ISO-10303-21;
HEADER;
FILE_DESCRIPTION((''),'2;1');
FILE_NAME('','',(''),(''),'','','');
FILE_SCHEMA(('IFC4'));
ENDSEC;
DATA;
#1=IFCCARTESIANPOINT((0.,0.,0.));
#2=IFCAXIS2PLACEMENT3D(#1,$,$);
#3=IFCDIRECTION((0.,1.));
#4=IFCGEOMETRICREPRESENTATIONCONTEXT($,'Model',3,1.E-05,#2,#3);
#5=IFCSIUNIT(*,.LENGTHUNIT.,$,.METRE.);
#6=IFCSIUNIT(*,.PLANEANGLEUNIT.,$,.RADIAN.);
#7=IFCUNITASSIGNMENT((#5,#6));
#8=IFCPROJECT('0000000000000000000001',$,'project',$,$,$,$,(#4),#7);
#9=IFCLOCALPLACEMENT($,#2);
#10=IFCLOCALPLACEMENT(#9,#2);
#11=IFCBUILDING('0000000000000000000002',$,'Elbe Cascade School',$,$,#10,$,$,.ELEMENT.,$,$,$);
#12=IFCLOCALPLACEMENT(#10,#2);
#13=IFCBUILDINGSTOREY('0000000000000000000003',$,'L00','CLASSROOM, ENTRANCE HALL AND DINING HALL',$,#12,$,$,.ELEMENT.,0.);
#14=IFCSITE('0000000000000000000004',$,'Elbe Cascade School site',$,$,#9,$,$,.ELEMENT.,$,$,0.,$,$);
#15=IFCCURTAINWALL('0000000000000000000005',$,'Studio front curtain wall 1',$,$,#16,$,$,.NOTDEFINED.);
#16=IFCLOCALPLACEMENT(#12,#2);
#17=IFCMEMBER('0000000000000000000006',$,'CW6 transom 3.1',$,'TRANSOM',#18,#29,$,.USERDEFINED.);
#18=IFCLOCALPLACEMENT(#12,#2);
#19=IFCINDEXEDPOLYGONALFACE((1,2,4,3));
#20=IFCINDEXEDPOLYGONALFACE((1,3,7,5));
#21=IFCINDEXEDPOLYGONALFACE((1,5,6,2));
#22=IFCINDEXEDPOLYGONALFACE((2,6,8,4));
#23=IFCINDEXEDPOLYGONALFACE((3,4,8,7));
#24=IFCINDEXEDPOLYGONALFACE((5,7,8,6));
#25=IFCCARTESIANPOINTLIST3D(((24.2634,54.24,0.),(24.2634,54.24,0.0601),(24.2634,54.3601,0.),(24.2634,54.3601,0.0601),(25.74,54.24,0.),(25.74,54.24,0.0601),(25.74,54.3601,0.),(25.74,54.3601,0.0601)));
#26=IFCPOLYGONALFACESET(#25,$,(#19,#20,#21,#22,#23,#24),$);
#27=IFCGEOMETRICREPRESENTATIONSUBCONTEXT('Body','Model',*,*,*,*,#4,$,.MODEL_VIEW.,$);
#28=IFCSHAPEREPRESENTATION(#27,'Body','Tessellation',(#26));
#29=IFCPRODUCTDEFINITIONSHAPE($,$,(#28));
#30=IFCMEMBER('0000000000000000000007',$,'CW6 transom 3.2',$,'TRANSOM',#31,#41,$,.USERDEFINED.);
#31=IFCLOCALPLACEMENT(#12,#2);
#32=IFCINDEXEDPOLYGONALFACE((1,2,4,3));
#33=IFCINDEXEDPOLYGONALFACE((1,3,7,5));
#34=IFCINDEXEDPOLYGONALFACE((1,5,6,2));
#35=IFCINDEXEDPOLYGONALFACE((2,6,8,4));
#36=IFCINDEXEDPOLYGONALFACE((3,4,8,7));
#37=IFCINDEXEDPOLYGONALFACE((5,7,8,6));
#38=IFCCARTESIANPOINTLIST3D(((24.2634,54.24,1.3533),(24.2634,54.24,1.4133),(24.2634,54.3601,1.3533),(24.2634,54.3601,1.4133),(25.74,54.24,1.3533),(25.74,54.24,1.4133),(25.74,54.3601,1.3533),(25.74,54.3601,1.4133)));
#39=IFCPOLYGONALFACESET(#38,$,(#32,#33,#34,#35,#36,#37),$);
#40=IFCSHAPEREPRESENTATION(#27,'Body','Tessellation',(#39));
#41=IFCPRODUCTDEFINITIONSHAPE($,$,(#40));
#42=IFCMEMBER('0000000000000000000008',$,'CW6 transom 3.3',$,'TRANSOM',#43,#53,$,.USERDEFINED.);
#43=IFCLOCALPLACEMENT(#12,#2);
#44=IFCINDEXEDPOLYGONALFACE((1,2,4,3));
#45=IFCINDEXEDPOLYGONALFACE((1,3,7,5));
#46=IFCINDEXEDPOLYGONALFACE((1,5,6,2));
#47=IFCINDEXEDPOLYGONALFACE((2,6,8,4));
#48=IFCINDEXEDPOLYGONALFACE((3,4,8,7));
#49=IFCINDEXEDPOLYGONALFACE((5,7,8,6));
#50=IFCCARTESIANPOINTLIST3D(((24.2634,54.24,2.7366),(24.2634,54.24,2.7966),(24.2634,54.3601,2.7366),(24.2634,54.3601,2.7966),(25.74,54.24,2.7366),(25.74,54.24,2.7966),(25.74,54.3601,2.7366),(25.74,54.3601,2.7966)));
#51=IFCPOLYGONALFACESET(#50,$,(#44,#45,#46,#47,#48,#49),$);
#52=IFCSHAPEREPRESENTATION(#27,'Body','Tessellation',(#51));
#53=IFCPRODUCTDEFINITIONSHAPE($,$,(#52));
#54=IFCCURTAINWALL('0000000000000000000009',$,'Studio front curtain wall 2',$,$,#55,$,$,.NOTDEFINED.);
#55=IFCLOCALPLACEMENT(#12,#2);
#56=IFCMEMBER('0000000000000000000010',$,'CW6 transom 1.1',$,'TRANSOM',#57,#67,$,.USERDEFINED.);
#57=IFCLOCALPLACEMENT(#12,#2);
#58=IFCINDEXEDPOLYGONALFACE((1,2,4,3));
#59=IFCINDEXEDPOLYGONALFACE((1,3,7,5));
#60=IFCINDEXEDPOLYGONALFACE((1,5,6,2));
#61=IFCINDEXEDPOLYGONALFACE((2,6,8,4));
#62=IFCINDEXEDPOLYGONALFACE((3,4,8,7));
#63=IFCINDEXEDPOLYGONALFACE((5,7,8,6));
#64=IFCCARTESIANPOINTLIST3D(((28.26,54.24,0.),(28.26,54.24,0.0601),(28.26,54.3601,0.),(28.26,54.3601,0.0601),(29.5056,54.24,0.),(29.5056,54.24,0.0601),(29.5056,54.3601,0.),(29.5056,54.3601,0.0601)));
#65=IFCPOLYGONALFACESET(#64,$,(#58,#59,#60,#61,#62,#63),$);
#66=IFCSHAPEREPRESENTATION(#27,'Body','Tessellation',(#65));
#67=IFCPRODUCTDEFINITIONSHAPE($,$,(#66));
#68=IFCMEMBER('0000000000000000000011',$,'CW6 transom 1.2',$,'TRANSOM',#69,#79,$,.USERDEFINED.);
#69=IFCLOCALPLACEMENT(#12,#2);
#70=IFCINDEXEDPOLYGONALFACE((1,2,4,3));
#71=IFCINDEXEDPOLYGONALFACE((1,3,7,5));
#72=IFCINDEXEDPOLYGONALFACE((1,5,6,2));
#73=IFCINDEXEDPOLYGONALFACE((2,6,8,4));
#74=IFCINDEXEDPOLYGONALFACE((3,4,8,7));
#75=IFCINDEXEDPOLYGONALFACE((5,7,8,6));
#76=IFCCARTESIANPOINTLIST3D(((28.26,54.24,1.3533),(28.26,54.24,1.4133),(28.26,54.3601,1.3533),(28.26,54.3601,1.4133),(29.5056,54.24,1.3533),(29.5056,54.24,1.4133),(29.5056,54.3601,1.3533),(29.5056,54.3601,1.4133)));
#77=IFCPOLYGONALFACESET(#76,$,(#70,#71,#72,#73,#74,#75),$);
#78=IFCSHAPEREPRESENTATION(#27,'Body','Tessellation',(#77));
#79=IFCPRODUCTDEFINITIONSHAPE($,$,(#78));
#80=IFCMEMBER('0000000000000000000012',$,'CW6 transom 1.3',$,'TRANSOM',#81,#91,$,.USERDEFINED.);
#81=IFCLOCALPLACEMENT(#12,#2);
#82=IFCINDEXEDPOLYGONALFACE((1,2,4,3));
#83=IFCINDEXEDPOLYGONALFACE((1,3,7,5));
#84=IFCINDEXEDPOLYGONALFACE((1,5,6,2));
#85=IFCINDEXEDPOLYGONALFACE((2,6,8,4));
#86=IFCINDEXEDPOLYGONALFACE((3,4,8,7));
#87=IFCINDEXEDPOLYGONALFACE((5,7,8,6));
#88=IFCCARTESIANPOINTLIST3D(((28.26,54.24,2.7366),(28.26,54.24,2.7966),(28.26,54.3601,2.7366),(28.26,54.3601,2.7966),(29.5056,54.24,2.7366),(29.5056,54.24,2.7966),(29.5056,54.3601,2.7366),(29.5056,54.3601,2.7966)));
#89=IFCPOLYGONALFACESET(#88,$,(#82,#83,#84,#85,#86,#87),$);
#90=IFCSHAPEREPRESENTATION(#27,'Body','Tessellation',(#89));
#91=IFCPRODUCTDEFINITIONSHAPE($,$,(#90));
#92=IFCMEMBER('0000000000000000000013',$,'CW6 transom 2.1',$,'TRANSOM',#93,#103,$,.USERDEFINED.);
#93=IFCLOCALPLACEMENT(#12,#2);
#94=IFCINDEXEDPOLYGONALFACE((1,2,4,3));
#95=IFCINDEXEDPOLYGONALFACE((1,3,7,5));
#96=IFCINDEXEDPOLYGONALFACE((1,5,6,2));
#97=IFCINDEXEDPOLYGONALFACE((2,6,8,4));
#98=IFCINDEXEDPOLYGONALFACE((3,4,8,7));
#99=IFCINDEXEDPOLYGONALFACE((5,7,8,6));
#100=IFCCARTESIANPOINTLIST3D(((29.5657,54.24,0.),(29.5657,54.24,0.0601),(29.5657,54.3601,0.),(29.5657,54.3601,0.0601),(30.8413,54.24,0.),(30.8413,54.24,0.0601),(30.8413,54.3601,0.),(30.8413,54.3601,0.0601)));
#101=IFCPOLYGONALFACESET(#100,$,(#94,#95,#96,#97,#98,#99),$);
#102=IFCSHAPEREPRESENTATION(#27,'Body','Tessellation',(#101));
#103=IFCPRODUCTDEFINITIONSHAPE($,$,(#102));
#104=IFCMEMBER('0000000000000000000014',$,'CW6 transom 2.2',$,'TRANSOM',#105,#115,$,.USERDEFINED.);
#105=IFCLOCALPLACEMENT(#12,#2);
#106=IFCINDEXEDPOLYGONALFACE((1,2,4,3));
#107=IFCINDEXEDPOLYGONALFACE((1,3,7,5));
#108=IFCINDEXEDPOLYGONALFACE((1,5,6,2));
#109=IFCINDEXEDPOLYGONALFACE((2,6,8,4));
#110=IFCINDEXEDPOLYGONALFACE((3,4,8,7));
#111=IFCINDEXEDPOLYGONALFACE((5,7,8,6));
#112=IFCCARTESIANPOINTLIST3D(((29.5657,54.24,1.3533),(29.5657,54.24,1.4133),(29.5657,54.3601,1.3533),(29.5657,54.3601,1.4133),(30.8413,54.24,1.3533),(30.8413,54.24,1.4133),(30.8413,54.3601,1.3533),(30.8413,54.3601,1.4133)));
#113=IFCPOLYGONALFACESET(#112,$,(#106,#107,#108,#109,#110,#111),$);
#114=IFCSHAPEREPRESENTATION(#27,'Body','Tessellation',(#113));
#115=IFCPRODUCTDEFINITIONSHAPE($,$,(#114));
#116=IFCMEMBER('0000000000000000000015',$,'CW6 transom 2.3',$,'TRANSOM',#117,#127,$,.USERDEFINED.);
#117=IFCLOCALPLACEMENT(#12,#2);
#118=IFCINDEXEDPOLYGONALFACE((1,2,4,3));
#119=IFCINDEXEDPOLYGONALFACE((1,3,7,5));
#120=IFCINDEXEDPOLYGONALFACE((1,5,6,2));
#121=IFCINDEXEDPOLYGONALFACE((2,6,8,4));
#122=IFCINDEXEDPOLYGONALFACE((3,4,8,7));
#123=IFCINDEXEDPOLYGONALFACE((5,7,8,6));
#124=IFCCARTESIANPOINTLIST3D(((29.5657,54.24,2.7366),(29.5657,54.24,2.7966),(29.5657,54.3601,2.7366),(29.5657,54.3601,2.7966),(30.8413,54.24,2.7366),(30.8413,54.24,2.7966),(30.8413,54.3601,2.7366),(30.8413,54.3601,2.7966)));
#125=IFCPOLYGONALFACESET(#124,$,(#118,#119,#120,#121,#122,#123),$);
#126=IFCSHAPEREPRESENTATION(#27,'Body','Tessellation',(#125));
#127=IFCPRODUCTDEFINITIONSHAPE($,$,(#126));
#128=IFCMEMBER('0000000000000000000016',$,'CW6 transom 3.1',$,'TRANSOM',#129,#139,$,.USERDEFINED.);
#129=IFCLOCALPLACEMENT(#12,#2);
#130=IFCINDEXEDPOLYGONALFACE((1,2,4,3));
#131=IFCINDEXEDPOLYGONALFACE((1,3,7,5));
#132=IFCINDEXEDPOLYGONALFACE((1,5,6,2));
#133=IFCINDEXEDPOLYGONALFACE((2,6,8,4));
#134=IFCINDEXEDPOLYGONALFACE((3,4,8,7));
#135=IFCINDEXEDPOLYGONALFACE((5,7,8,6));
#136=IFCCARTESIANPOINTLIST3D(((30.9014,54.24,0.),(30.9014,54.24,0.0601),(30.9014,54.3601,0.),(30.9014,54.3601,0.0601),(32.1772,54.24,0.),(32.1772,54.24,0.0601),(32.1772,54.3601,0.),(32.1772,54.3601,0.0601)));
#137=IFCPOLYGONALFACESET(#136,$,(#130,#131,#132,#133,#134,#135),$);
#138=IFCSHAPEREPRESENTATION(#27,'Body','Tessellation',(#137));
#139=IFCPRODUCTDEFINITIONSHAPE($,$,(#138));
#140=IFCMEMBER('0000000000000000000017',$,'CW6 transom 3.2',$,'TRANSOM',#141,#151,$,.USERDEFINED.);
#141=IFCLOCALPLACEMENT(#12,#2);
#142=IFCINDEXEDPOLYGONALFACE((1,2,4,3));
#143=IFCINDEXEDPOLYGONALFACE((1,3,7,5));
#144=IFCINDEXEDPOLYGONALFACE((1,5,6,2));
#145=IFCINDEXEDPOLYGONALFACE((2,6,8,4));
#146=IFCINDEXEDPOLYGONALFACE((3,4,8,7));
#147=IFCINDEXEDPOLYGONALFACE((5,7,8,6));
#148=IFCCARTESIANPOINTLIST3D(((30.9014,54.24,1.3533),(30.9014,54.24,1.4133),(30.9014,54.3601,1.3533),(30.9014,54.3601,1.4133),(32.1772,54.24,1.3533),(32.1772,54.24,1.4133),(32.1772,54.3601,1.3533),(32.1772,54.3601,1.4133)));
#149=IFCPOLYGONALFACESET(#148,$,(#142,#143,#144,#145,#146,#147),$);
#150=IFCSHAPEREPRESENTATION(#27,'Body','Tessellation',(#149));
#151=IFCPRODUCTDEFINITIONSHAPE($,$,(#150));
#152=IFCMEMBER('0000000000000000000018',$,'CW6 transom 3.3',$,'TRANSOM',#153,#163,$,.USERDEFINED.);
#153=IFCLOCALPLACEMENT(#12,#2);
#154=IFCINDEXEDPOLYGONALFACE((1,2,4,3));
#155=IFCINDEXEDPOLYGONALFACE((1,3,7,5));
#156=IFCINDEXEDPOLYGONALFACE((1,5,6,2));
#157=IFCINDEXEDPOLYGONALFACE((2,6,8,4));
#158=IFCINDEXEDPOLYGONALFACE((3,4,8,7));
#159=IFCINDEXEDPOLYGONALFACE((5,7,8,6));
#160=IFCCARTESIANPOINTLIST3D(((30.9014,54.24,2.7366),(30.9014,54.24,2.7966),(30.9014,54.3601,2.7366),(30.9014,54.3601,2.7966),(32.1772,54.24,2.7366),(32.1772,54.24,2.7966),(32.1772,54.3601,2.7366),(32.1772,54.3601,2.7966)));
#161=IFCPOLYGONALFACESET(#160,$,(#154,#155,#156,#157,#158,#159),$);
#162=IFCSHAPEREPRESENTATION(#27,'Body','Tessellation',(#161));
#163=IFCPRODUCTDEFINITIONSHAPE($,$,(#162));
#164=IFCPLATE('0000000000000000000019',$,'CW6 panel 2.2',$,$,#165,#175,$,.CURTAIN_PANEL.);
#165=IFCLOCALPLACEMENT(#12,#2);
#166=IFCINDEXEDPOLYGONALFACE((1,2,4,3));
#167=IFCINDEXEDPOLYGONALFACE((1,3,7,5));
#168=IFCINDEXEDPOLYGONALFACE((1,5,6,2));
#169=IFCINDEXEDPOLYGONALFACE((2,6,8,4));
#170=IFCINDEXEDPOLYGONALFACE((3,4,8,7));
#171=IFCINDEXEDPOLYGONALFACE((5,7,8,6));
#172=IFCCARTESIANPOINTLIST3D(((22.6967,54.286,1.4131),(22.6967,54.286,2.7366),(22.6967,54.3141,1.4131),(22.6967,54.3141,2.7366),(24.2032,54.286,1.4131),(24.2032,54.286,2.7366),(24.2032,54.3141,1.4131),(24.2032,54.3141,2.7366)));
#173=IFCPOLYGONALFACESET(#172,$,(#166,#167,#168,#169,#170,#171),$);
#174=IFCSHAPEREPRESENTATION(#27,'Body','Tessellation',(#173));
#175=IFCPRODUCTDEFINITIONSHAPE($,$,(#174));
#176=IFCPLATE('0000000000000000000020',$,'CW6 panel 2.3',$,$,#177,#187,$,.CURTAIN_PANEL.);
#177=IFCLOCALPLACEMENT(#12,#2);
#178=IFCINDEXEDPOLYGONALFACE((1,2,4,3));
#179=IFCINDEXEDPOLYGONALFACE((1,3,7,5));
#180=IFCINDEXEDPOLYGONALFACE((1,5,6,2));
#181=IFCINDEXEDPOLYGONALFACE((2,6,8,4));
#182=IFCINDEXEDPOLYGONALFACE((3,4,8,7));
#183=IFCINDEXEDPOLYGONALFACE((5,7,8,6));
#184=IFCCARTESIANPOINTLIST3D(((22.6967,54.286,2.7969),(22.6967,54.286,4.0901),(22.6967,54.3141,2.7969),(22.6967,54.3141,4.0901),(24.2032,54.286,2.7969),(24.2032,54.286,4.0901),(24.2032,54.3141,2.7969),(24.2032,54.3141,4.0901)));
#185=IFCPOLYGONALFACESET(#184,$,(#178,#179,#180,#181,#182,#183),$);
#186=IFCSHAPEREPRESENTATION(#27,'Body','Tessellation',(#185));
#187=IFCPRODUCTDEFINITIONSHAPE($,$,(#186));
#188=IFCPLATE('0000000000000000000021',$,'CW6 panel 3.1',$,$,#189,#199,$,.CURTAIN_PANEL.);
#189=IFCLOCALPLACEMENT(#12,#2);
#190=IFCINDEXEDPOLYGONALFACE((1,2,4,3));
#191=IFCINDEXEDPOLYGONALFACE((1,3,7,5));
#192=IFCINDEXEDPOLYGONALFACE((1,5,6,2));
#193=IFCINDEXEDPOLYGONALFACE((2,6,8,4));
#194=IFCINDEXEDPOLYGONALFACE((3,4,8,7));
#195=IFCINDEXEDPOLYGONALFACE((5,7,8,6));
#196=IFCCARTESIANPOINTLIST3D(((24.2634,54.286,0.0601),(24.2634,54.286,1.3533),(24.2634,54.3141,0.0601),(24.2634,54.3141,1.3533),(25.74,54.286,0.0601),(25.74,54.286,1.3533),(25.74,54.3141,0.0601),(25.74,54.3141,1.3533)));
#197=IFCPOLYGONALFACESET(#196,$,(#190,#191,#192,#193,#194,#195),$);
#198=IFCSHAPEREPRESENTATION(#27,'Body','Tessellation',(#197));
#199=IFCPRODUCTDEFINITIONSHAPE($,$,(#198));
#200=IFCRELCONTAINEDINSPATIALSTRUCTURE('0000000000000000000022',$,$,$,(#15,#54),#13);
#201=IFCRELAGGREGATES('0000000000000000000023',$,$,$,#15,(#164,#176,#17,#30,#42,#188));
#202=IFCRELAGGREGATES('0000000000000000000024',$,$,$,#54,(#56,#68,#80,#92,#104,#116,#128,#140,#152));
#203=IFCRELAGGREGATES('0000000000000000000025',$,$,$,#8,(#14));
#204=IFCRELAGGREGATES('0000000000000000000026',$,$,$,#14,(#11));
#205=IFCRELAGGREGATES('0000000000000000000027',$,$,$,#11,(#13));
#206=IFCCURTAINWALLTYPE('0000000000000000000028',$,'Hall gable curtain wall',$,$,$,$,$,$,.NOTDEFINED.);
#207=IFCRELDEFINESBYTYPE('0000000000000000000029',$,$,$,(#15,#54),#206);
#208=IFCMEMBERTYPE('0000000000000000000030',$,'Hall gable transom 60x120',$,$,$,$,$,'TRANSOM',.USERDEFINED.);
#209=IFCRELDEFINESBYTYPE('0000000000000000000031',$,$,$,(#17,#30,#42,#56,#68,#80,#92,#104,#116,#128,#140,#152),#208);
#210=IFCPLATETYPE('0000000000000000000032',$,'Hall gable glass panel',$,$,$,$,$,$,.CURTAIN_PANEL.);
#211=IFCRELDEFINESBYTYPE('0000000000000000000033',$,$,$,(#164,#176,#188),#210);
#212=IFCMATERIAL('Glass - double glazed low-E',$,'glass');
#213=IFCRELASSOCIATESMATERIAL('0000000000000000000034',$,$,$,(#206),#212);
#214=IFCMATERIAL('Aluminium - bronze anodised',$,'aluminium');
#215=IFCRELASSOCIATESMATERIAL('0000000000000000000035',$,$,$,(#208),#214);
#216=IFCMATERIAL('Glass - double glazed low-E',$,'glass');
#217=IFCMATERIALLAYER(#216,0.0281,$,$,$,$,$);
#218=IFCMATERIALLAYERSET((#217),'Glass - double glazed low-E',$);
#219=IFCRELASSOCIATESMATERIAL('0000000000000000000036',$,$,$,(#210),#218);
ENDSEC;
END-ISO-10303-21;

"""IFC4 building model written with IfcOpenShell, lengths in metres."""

from ifc_helpers import new_model, si_unit, direction, frame, origin, origin_2d, place, context, subcontext, project, spatial, rectangle, extrude, material, layer, layer_set, material_profile, profile_set, type_object, element, aggregate, save


model = new_model("IFC4")

# Units and contexts
model_context = context("Model", 3, precision=1e-05, world=origin(), true_north=direction((0.0, 1.0)))
body_context = subcontext(model_context, "Body", "Model", "MODEL_VIEW")
ifc_project = project(units=[si_unit("LENGTHUNIT", "METRE"), si_unit("PLANEANGLEUNIT", "RADIAN")], contexts=[model_context])

# Site, building, storey
site_placement = place(None, origin())
site = spatial("IfcSite", under=ifc_project, at=site_placement, Name="Elbe Cascade School site", CompositionType="ELEMENT", RefElevation=0.0)
building_placement = place(site_placement, origin())
building = spatial("IfcBuilding", under=site, at=building_placement, Name="Elbe Cascade School", CompositionType="ELEMENT")
storey_placement = place(building_placement, origin())
storey = spatial("IfcBuildingStorey", under=building, at=storey_placement, Name="L00", Description="CLASSROOM, ENTRANCE HALL AND DINING HALL", CompositionType="ELEMENT", Elevation=0.0)

# Curtain walls, members
ifc_material_1 = material(Name="Glass - double glazed low-E", Category="glass")
curtain_wall_type = type_object("IfcCurtainWallType", Name="Hall gable curtain wall", PredefinedType="NOTDEFINED", material=ifc_material_1)
curtain_wall_1_placement = place(storey_placement, origin())
curtain_wall_1 = element("IfcCurtainWall", 1, at=curtain_wall_1_placement, inside=storey, type_object=curtain_wall_type, Name="Studio front curtain wall 1", PredefinedType="NOTDEFINED")
ifc_material_2 = material(Name="Aluminium - bronze anodised", Category="aluminium")
ifc_material_profile = material_profile(ifc_material_2, rectangle(XDim=0.1201, YDim=0.0601, at=origin_2d()), Name="Alu 60x120")
ifc_profile_set = profile_set([ifc_material_profile], Name="Aluminium - bronze anodised")
member_type = type_object("IfcMemberType", Name="Hall gable transom 60x120", ElementType="TRANSOM", PredefinedType="USERDEFINED", material=ifc_profile_set)
member_1_placement = place(storey_placement, frame((24.2634, 54.3, 0.03), z_axis=(1.0, 0.0, 0.0), x_axis=(0.0, 1.0, 0.0)))
member_1 = element("IfcMember", 2, at=member_1_placement, type_object=member_type, Name="CW6 transom 3.1", ObjectType="TRANSOM", PredefinedType="USERDEFINED", context=body_context, shape_type="SweptSolid", body=[
    extrude(rectangle(XDim=0.1201, YDim=0.0601, at=origin_2d()), origin(), (0.0, 0.0, 1.0), 1.4766),
])
member_2_placement = place(storey_placement, frame((24.2634, 54.3, 1.3833), z_axis=(1.0, 0.0, 0.0), x_axis=(0.0, 1.0, 0.0)))
member_2 = element("IfcMember", 3, at=member_2_placement, type_object=member_type, Name="CW6 transom 3.2", ObjectType="TRANSOM", PredefinedType="USERDEFINED", context=body_context, shape_type="SweptSolid", body=[
    extrude(rectangle(XDim=0.1201, YDim=0.0601, at=origin_2d()), origin(), (0.0, 0.0, 1.0), 1.4766),
])
member_3_placement = place(storey_placement, frame((24.2634, 54.3, 2.7666), z_axis=(1.0, 0.0, 0.0), x_axis=(0.0, 1.0, 0.0)))
member_3 = element("IfcMember", 4, at=member_3_placement, type_object=member_type, Name="CW6 transom 3.3", ObjectType="TRANSOM", PredefinedType="USERDEFINED", context=body_context, shape_type="SweptSolid", body=[
    extrude(rectangle(XDim=0.1201, YDim=0.0601, at=origin_2d()), origin(), (0.0, 0.0, 1.0), 1.4766),
])
curtain_wall_2_placement = place(storey_placement, origin())
curtain_wall_2 = element("IfcCurtainWall", 5, at=curtain_wall_2_placement, inside=storey, type_object=curtain_wall_type, Name="Studio front curtain wall 2", PredefinedType="NOTDEFINED")
member_4_placement = place(storey_placement, frame((28.26, 54.3, 0.03), z_axis=(1.0, 0.0, 0.0), x_axis=(0.0, 1.0, 0.0)))
member_4 = element("IfcMember", 6, at=member_4_placement, type_object=member_type, Name="CW6 transom 1.1", ObjectType="TRANSOM", PredefinedType="USERDEFINED", context=body_context, shape_type="SweptSolid", body=[
    extrude(rectangle(XDim=0.1201, YDim=0.0601, at=origin_2d()), origin(), (0.0, 0.0, 1.0), 1.2456),
])
member_5_placement = place(storey_placement, frame((28.26, 54.3, 1.3833), z_axis=(1.0, 0.0, 0.0), x_axis=(0.0, 1.0, 0.0)))
member_5 = element("IfcMember", 7, at=member_5_placement, type_object=member_type, Name="CW6 transom 1.2", ObjectType="TRANSOM", PredefinedType="USERDEFINED", context=body_context, shape_type="SweptSolid", body=[
    extrude(rectangle(XDim=0.1201, YDim=0.0601, at=origin_2d()), origin(), (0.0, 0.0, 1.0), 1.2456),
])
member_6_placement = place(storey_placement, frame((28.26, 54.3, 2.7666), z_axis=(1.0, 0.0, 0.0), x_axis=(0.0, 1.0, 0.0)))
member_6 = element("IfcMember", 8, at=member_6_placement, type_object=member_type, Name="CW6 transom 1.3", ObjectType="TRANSOM", PredefinedType="USERDEFINED", context=body_context, shape_type="SweptSolid", body=[
    extrude(rectangle(XDim=0.1201, YDim=0.0601, at=origin_2d()), origin(), (0.0, 0.0, 1.0), 1.2456),
])
member_7_placement = place(storey_placement, frame((29.5657, 54.3, 0.03), z_axis=(1.0, 0.0, 0.0), x_axis=(0.0, 1.0, 0.0)))
member_7 = element("IfcMember", 9, at=member_7_placement, type_object=member_type, Name="CW6 transom 2.1", ObjectType="TRANSOM", PredefinedType="USERDEFINED", context=body_context, shape_type="SweptSolid", body=[
    extrude(rectangle(XDim=0.1201, YDim=0.0601, at=origin_2d()), origin(), (0.0, 0.0, 1.0), 1.2756),
])
member_8_placement = place(storey_placement, frame((29.5657, 54.3, 1.3833), z_axis=(1.0, 0.0, 0.0), x_axis=(0.0, 1.0, 0.0)))
member_8 = element("IfcMember", 10, at=member_8_placement, type_object=member_type, Name="CW6 transom 2.2", ObjectType="TRANSOM", PredefinedType="USERDEFINED", context=body_context, shape_type="SweptSolid", body=[
    extrude(rectangle(XDim=0.1201, YDim=0.0601, at=origin_2d()), origin(), (0.0, 0.0, 1.0), 1.2756),
])
member_9_placement = place(storey_placement, frame((29.5657, 54.3, 2.7666), z_axis=(1.0, 0.0, 0.0), x_axis=(0.0, 1.0, 0.0)))
member_9 = element("IfcMember", 11, at=member_9_placement, type_object=member_type, Name="CW6 transom 2.3", ObjectType="TRANSOM", PredefinedType="USERDEFINED", context=body_context, shape_type="SweptSolid", body=[
    extrude(rectangle(XDim=0.1201, YDim=0.0601, at=origin_2d()), origin(), (0.0, 0.0, 1.0), 1.2756),
])
member_10_placement = place(storey_placement, frame((30.9014, 54.3, 0.03), z_axis=(1.0, 0.0, 0.0), x_axis=(0.0, 1.0, 0.0)))
member_10 = element("IfcMember", 12, at=member_10_placement, type_object=member_type, Name="CW6 transom 3.1", ObjectType="TRANSOM", PredefinedType="USERDEFINED", context=body_context, shape_type="SweptSolid", body=[
    extrude(rectangle(XDim=0.1201, YDim=0.0601, at=origin_2d()), origin(), (0.0, 0.0, 1.0), 1.2759),
])
member_11_placement = place(storey_placement, frame((30.9014, 54.3, 1.3833), z_axis=(1.0, 0.0, 0.0), x_axis=(0.0, 1.0, 0.0)))
member_11 = element("IfcMember", 13, at=member_11_placement, type_object=member_type, Name="CW6 transom 3.2", ObjectType="TRANSOM", PredefinedType="USERDEFINED", context=body_context, shape_type="SweptSolid", body=[
    extrude(rectangle(XDim=0.1201, YDim=0.0601, at=origin_2d()), origin(), (0.0, 0.0, 1.0), 1.2759),
])
member_12_placement = place(storey_placement, frame((30.9014, 54.3, 2.7666), z_axis=(1.0, 0.0, 0.0), x_axis=(0.0, 1.0, 0.0)))
member_12 = element("IfcMember", 14, at=member_12_placement, type_object=member_type, Name="CW6 transom 3.3", ObjectType="TRANSOM", PredefinedType="USERDEFINED", context=body_context, shape_type="SweptSolid", body=[
    extrude(rectangle(XDim=0.1201, YDim=0.0601, at=origin_2d()), origin(), (0.0, 0.0, 1.0), 1.2759),
])

# Plates
ifc_material_3 = material(Name="Glass - double glazed low-E", Category="glass")
ifc_layer_1 = layer(ifc_material_3, 0.0281)
ifc_layer_set_1 = layer_set([ifc_layer_1], Name="Glass - double glazed low-E")
plate_type = type_object("IfcPlateType", Name="Hall gable glass panel", PredefinedType="CURTAIN_PANEL", material=ifc_layer_set_1)
plate_1_placement = place(storey_placement, frame((23.45, 54.3, 1.4131), z_axis=(0.0, 0.0, 1.0), x_axis=(1.0, 0.0, 0.0)))
plate_1 = element("IfcPlate", 15, at=plate_1_placement, type_object=plate_type, Name="CW6 panel 2.2", PredefinedType="CURTAIN_PANEL", context=body_context, shape_type="SweptSolid", body=[
    extrude(rectangle(XDim=1.5066, YDim=0.0281, at=origin_2d()), origin(), (0.0, 0.0, 1.0), 1.3235),
])
plate_2_placement = place(storey_placement, frame((23.45, 54.3, 2.7969), z_axis=(0.0, 0.0, 1.0), x_axis=(1.0, 0.0, 0.0)))
plate_2 = element("IfcPlate", 16, at=plate_2_placement, type_object=plate_type, Name="CW6 panel 2.3", PredefinedType="CURTAIN_PANEL", context=body_context, shape_type="SweptSolid", body=[
    extrude(rectangle(XDim=1.5066, YDim=0.0281, at=origin_2d()), origin(), (0.0, 0.0, 1.0), 1.2932),
])
plate_3_placement = place(storey_placement, frame((25.0017, 54.3, 0.0601), z_axis=(0.0, 0.0, 1.0), x_axis=(1.0, 0.0, 0.0)))
plate_3 = element("IfcPlate", 17, at=plate_3_placement, type_object=plate_type, Name="CW6 panel 3.1", PredefinedType="CURTAIN_PANEL", context=body_context, shape_type="SweptSolid", body=[
    extrude(rectangle(XDim=1.4766, YDim=0.0281, at=origin_2d()), origin(), (0.0, 0.0, 1.0), 1.2932),
])
aggregate(curtain_wall_1, [plate_1, plate_2, member_1, member_2, member_3, plate_3])
aggregate(curtain_wall_2, [member_4, member_5, member_6, member_7, member_8, member_9, member_10, member_11, member_12])

save(model, "model.ifc")
